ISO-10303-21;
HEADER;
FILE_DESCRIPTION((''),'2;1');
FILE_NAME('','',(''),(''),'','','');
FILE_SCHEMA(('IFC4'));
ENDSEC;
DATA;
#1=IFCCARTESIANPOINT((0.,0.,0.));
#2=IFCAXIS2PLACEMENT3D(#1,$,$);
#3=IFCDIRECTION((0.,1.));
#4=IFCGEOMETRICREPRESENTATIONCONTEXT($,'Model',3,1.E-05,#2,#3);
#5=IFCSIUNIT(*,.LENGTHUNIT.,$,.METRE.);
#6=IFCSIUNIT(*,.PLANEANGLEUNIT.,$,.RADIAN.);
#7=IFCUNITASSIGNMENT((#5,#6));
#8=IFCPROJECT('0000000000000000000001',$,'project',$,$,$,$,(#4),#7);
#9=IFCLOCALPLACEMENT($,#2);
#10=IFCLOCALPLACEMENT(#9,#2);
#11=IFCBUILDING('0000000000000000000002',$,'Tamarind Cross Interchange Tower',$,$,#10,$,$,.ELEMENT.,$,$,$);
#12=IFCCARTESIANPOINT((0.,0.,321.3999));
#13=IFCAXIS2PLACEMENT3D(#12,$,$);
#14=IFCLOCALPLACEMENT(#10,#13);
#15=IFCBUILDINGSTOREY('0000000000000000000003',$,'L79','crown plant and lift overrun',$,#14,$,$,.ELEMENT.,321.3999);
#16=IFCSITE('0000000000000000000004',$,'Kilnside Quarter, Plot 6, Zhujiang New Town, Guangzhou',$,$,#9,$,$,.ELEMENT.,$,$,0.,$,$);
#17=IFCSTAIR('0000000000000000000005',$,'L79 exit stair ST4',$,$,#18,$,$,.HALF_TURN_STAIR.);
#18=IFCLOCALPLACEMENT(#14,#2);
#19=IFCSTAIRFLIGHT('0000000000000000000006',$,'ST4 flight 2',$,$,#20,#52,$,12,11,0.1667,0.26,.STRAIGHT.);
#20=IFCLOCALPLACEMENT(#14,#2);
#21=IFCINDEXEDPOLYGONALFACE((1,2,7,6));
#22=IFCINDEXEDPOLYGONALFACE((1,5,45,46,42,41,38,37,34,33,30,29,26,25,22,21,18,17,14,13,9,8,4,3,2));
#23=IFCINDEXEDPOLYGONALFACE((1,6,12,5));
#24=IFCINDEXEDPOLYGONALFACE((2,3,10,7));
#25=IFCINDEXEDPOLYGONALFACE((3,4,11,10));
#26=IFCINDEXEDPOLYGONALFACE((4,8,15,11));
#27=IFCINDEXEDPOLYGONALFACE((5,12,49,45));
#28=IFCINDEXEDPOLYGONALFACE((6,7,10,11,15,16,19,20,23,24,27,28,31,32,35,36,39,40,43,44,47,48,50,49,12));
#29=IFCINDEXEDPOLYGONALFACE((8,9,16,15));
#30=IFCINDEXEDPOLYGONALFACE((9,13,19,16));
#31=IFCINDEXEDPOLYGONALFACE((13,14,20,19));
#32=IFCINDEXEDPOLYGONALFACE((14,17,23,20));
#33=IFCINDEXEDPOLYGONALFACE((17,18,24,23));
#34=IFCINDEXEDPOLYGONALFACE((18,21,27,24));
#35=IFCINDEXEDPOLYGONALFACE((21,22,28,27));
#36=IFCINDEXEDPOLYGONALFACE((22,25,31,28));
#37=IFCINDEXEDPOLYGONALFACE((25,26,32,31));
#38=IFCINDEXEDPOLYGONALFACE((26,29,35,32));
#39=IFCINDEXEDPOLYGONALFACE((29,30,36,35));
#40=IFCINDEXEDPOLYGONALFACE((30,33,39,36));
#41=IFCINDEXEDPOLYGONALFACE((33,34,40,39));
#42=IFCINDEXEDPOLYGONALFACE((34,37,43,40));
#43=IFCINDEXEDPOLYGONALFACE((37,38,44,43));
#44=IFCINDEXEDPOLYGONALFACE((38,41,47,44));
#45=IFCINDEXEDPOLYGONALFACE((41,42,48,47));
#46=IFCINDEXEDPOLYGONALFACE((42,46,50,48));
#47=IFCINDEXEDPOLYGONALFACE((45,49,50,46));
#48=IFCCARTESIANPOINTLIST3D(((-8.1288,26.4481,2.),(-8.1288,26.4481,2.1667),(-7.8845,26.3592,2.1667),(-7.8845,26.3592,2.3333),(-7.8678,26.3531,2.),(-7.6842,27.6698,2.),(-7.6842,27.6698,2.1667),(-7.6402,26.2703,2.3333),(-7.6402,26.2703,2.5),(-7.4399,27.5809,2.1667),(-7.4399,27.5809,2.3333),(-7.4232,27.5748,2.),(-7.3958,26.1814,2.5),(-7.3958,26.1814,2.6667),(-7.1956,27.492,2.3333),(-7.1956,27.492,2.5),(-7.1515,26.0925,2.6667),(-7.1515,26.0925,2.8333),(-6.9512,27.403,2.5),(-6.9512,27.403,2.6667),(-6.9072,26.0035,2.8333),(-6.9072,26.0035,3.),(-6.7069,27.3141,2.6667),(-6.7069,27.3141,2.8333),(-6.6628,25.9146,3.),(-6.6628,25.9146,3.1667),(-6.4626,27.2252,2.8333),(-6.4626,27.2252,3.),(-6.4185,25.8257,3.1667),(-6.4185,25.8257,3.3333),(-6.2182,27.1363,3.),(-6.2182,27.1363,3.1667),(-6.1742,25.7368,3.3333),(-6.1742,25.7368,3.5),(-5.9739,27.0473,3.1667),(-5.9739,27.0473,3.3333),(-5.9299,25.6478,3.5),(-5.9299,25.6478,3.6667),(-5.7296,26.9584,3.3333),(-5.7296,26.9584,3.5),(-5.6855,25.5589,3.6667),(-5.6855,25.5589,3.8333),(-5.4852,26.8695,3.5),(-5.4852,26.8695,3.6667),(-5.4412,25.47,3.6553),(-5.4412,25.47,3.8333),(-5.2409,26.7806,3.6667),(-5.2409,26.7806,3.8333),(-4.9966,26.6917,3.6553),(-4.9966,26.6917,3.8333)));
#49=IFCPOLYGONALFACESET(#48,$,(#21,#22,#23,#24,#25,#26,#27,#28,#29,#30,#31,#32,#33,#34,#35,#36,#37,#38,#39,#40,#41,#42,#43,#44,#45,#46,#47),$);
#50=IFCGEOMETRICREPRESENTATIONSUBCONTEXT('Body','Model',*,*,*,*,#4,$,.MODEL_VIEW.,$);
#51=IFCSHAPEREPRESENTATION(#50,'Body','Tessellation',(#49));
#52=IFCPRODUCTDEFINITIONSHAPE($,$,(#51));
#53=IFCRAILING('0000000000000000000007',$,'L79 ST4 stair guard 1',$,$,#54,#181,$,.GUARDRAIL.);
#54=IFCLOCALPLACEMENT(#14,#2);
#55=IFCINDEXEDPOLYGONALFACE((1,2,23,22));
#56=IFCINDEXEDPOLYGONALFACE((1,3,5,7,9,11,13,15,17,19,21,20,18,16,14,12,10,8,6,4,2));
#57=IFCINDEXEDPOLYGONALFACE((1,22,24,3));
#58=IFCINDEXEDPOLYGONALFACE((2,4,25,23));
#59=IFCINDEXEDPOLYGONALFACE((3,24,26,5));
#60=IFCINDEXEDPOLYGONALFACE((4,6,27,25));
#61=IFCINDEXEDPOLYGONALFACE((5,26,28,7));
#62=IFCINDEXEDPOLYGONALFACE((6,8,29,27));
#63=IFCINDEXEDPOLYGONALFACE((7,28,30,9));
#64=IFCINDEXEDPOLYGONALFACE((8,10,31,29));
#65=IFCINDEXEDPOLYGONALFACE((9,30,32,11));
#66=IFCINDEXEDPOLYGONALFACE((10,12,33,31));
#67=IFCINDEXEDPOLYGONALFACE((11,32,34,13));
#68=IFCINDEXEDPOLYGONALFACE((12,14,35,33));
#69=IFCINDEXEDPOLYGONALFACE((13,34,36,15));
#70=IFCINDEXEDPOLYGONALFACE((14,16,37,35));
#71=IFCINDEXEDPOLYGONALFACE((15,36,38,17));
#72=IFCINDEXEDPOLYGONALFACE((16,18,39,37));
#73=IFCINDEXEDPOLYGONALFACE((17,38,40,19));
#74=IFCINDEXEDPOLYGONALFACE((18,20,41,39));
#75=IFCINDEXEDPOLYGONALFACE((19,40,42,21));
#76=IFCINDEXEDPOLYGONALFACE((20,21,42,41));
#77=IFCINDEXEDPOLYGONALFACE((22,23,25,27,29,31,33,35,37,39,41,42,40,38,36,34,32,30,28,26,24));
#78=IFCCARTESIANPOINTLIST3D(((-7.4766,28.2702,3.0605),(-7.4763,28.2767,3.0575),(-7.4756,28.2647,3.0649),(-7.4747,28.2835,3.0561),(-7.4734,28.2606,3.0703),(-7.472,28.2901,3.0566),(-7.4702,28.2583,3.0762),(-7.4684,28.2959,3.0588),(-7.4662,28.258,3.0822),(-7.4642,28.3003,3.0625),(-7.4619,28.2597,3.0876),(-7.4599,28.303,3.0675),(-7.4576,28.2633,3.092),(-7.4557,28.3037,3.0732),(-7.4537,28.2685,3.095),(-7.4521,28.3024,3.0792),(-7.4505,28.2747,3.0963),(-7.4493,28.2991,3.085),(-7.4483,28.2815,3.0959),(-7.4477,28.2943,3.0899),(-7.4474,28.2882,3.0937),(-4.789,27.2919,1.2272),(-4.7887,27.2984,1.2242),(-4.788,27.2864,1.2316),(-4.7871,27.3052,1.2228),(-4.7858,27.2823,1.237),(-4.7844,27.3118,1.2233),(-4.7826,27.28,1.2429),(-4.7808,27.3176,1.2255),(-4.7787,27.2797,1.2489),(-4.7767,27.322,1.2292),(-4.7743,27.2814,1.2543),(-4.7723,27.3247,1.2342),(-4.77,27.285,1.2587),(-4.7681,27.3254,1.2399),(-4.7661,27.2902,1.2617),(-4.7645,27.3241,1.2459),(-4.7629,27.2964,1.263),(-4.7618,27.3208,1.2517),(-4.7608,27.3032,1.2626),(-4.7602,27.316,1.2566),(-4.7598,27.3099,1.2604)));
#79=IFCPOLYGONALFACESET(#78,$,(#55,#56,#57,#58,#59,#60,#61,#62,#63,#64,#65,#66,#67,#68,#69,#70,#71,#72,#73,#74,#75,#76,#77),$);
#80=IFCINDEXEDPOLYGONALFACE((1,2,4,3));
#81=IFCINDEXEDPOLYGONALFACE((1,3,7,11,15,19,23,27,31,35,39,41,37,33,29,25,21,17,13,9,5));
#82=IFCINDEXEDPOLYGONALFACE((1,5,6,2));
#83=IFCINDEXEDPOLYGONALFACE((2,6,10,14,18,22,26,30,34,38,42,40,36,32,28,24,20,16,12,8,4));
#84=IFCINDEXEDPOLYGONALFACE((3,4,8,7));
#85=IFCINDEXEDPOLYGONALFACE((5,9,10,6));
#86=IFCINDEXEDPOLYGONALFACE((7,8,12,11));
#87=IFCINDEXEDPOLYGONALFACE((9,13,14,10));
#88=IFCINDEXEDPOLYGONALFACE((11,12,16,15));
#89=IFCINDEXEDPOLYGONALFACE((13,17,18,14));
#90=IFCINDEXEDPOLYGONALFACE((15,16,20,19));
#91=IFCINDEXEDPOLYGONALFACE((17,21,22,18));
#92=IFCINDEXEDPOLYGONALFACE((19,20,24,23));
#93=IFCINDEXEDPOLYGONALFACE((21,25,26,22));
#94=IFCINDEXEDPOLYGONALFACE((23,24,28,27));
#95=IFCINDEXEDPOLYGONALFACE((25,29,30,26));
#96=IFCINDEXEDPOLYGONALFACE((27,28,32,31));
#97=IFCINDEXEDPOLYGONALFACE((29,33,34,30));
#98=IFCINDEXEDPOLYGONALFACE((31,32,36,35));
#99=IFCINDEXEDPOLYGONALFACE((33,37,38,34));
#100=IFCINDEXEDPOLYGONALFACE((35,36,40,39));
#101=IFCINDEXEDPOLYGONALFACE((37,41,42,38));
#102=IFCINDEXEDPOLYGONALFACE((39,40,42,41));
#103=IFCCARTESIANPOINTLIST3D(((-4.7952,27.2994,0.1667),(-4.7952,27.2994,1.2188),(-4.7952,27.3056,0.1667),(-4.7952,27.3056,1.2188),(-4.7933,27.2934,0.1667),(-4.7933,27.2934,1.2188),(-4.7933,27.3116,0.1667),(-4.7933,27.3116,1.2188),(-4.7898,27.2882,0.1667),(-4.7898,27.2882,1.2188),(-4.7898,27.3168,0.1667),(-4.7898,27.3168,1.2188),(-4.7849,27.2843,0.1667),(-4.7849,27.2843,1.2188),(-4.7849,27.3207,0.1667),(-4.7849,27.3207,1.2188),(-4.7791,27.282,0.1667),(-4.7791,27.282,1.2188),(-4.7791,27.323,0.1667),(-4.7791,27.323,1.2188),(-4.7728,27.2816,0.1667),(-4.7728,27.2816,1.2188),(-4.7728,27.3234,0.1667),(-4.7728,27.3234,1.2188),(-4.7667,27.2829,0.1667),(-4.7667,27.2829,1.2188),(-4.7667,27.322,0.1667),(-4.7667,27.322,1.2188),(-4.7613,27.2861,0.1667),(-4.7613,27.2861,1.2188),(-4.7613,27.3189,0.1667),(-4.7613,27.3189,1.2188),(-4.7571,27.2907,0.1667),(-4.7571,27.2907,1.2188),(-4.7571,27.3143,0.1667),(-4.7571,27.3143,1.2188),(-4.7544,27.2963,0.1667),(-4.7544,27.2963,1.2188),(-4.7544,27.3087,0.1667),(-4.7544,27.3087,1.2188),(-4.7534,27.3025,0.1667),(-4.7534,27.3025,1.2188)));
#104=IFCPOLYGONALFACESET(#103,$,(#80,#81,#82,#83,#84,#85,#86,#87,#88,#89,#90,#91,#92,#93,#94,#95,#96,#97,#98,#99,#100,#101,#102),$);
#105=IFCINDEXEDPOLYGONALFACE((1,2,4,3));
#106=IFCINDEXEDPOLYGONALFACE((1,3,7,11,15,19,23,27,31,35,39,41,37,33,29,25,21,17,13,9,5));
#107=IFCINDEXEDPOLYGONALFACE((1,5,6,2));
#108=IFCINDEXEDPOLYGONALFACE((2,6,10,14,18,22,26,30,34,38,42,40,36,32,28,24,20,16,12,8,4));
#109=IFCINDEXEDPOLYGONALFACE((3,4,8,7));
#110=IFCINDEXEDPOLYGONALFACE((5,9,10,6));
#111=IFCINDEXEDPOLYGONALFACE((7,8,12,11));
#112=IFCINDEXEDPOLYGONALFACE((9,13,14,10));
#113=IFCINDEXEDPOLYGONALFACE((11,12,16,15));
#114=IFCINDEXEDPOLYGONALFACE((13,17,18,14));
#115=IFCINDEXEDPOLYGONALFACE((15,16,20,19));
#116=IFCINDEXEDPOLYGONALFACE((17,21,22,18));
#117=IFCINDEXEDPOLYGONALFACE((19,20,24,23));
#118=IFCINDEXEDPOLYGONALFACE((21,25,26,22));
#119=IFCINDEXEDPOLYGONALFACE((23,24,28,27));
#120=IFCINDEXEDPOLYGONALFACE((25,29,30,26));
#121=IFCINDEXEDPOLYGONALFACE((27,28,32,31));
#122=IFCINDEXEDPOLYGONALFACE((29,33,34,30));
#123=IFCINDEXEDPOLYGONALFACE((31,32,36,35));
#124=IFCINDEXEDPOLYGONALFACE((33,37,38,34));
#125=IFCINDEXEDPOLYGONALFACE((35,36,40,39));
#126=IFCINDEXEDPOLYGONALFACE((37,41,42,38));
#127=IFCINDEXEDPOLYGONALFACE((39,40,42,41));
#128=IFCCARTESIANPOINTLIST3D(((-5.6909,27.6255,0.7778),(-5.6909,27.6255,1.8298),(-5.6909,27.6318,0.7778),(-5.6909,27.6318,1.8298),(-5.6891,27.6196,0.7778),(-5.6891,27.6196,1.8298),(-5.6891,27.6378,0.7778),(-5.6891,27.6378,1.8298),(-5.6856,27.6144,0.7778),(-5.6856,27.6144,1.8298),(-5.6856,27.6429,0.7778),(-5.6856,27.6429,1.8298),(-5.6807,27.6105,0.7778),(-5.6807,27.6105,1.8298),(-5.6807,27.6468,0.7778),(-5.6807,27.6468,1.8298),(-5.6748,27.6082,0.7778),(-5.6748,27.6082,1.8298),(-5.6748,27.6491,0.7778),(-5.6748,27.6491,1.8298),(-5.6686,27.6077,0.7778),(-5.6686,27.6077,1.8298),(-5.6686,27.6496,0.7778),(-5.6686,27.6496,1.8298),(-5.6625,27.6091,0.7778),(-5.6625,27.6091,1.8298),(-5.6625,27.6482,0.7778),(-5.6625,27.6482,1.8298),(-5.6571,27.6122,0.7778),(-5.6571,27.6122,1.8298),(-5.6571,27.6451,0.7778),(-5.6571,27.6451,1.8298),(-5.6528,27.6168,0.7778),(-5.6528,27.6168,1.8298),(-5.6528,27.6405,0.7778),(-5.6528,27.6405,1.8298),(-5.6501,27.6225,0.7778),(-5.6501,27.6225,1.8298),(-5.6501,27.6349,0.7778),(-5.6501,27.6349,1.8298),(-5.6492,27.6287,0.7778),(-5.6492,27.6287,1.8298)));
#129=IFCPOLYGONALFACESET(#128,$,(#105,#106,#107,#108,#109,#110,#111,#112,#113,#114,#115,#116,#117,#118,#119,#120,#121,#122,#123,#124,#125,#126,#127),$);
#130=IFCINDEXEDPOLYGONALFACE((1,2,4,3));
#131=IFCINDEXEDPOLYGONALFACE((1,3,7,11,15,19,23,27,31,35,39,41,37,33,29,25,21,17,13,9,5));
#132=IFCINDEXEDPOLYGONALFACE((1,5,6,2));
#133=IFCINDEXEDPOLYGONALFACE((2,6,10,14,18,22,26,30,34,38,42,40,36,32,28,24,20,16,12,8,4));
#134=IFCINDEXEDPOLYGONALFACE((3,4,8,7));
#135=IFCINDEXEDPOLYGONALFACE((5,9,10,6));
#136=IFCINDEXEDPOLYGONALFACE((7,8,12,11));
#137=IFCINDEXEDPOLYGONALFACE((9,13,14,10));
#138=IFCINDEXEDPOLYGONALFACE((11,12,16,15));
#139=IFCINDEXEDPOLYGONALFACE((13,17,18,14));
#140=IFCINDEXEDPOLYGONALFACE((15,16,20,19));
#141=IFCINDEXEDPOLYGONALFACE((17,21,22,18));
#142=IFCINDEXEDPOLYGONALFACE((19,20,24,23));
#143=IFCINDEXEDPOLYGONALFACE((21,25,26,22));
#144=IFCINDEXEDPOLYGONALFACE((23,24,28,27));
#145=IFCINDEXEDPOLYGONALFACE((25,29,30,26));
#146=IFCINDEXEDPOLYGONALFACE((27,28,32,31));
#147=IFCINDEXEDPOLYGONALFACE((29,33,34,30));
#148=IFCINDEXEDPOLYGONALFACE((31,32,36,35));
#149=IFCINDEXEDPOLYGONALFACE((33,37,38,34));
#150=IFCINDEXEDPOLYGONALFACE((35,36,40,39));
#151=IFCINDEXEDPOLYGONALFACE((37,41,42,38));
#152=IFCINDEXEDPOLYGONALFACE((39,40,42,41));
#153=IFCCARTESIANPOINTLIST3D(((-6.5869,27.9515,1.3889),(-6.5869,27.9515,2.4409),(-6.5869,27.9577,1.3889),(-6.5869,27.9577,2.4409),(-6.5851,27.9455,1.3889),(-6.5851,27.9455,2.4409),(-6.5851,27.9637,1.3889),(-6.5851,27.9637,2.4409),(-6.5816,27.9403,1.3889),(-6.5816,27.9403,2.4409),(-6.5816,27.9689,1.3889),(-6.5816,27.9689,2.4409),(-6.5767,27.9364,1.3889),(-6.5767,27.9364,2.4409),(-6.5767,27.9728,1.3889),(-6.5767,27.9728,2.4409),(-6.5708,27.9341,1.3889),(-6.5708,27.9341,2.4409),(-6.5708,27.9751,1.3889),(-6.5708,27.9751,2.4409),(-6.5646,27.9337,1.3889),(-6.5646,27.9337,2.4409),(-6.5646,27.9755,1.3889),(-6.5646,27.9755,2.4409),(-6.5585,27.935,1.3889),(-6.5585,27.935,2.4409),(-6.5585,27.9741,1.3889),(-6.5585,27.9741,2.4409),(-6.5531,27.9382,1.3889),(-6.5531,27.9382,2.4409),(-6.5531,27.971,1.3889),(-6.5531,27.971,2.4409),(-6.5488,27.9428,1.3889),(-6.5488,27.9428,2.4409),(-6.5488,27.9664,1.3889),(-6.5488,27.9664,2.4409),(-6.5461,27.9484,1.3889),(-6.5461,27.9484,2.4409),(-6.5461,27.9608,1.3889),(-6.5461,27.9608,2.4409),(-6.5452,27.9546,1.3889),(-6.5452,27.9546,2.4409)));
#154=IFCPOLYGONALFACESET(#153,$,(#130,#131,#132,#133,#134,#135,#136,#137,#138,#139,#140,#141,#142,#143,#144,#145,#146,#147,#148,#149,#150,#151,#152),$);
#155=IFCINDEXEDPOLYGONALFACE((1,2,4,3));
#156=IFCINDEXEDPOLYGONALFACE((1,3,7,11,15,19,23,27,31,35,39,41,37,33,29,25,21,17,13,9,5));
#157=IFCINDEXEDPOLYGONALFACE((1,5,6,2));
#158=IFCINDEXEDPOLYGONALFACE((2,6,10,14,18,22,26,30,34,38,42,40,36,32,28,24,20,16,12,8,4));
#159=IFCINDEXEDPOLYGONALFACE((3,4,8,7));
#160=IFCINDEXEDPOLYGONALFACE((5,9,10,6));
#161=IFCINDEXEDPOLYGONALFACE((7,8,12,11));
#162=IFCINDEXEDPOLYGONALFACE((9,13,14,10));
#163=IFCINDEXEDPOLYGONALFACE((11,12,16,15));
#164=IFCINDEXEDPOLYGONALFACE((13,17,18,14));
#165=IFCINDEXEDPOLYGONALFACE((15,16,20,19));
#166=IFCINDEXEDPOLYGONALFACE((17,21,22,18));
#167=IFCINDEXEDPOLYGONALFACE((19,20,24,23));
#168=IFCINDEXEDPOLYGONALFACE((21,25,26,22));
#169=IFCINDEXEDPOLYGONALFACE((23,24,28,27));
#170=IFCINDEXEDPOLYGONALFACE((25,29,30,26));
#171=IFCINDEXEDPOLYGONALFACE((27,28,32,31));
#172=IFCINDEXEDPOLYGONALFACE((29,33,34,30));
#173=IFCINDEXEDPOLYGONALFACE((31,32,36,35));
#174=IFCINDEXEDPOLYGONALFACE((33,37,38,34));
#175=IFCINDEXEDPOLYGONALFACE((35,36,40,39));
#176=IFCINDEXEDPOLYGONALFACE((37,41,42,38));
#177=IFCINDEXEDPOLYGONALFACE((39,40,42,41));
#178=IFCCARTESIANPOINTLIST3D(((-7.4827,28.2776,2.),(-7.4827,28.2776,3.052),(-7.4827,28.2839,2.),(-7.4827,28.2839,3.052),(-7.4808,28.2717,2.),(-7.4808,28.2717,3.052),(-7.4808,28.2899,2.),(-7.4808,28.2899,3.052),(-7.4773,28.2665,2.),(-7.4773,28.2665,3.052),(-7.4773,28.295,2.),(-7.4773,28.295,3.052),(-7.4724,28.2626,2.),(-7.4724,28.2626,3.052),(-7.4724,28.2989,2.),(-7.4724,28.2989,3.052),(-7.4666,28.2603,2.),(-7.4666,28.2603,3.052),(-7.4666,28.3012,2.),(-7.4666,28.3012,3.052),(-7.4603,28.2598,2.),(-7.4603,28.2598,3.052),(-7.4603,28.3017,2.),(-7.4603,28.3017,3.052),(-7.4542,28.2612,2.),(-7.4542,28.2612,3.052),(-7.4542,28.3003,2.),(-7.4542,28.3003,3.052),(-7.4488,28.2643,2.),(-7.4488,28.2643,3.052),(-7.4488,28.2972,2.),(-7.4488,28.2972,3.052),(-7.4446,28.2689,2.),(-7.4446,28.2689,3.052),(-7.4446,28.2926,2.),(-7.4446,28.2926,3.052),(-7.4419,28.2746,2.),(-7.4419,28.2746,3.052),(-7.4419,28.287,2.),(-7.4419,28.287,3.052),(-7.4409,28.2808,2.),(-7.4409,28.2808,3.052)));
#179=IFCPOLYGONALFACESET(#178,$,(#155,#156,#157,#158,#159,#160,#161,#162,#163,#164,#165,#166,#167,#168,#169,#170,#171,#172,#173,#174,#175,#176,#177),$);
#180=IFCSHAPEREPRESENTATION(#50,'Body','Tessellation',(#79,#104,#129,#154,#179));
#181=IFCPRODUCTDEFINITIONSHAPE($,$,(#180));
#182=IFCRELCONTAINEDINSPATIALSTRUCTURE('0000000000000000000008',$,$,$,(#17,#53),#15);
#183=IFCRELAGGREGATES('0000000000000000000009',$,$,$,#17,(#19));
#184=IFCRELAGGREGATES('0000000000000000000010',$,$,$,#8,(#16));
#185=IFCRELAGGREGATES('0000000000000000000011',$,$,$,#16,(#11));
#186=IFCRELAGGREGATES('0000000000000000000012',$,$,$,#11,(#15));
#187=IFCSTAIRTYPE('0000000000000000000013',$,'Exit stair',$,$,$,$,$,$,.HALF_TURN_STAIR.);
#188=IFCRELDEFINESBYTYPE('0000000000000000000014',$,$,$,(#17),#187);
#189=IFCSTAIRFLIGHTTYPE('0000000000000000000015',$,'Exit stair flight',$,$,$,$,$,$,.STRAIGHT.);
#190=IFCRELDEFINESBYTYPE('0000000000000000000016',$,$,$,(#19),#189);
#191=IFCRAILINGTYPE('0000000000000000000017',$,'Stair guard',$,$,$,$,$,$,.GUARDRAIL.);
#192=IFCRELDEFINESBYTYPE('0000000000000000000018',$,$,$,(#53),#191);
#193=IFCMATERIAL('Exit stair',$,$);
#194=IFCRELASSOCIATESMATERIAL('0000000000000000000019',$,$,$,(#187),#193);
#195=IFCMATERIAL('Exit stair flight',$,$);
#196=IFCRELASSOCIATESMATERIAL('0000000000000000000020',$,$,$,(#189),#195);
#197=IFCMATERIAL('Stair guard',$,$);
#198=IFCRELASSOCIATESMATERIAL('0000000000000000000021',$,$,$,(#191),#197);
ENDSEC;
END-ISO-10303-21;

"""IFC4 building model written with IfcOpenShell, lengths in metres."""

from ifc_helpers import new_model, si_unit, direction, frame, origin, origin_2d, place, context, subcontext, project, spatial, polyline, circle, outline, extrude, material, type_object, element, aggregate, save


model = new_model("IFC4")

# Units and contexts
model_context = context("Model", 3, precision=1e-05, world=origin(), true_north=direction((0.0, 1.0)))
body_context = subcontext(model_context, "Body", "Model", "MODEL_VIEW")
ifc_project = project(units=[si_unit("LENGTHUNIT", "METRE"), si_unit("PLANEANGLEUNIT", "RADIAN")], contexts=[model_context])

# Site, building, storey
site_placement = place(None, origin())
site = spatial("IfcSite", under=ifc_project, at=site_placement, Name="Kilnside Quarter, Plot 6, Zhujiang New Town, Guangzhou", CompositionType="ELEMENT", RefElevation=0.0)
building_placement = place(site_placement, origin())
building = spatial("IfcBuilding", under=site, at=building_placement, Name="Tamarind Cross Interchange Tower", CompositionType="ELEMENT")
storey_placement = place(building_placement, frame((0.0, 0.0, 321.3999)))
storey = spatial("IfcBuildingStorey", under=building, at=storey_placement, Name="L79", Description="crown plant and lift overrun", CompositionType="ELEMENT", Elevation=321.3999)

# Stair, stair flight
ifc_material_1 = material(Name="Exit stair")
stair_type = type_object("IfcStairType", Name="Exit stair", PredefinedType="HALF_TURN_STAIR", material=ifc_material_1)
stair_placement = place(storey_placement, origin())
stair = element("IfcStair", 1, at=stair_placement, inside=storey, type_object=stair_type, Name="L79 exit stair ST4", PredefinedType="HALF_TURN_STAIR")
ifc_material_2 = material(Name="Exit stair flight")
stair_flight_type = type_object("IfcStairFlightType", Name="Exit stair flight", PredefinedType="STRAIGHT", material=ifc_material_2)
stair_flight_1_placement = place(storey_placement, frame((-7.9065, 27.0591, 2.0), z_axis=(0.0, 0.0, 1.0), x_axis=(0.939702, -0.341994, 0.0)))
stair_flight_1 = element("IfcStairFlight", 2, at=stair_flight_1_placement, type_object=stair_flight_type, Name="ST4 flight 2", NumberOfRisers=12, NumberOfTreads=11, PredefinedType="STRAIGHT", RiserHeight=0.1667, TreadLength=0.26, context=body_context, shape_type="SweptSolid", body=[
    extrude(outline(polyline([(0.0, 0.0), (0.0, 0.1667), (0.26, 0.1667), (0.26, 0.3333), (0.52, 0.3333), (0.52, 0.5), (0.78, 0.5), (0.78, 0.6667), (1.04, 0.6667), (1.04, 0.8333), (1.3, 0.8333), (1.3, 1.0), (1.5601, 1.0), (1.5601, 1.1667), (1.8201, 1.1667), (1.8201, 1.3333), (2.0801, 1.3333), (2.0801, 1.5), (2.3401, 1.5), (2.3401, 1.6667), (2.6001, 1.6667), (2.6001, 1.8333), (2.8601, 1.8333), (2.8601, 2.0), (2.8601, 1.6553), (0.2778, 0.0), (0.0, 0.0)])), frame((0.0, 0.6499, 0.0), z_axis=(0.0, -1.0, 0.0), x_axis=(1.0, 0.0, 0.0)), (0.0, 0.0, 1.0), 1.3),
])
aggregate(stair, [stair_flight_1])

# Railing
ifc_material_3 = material(Name="Stair guard")
railing_type_1 = type_object("IfcRailingType", Name="Stair guard", PredefinedType="GUARDRAIL", material=ifc_material_3)
railing_1_placement = place(storey_placement, frame((-4.7744, 27.3025, 0.1667)))
element("IfcRailing", 3, at=railing_1_placement, inside=storey, type_object=railing_type_1, Name="L79 ST4 stair guard 1", PredefinedType="GUARDRAIL", context=body_context, shape_type="SweptSolid", body=[
    extrude(circle(Radius=0.0239, at=origin_2d()), frame((0.0, 0.0, 1.0762), z_axis=(-0.791109, 0.28797, 0.539647), x_axis=(-0.342051, -0.939681, 0.0)), (0.0, 0.0, 1.0), 3.3972),
    extrude(circle(Radius=0.021, at=origin_2d()), origin(), (0.0, 0.0, 1.0), 1.052),
    extrude(circle(Radius=0.021, at=origin_2d()), frame((-0.8958, 0.3262, 0.6111)), (0.0, 0.0, 1.0), 1.052),
    extrude(circle(Radius=0.021, at=origin_2d()), frame((-1.7917, 0.6521, 1.2222)), (0.0, 0.0, 1.0), 1.052),
    extrude(circle(Radius=0.021, at=origin_2d()), frame((-2.6875, 0.9783, 1.8333)), (0.0, 0.0, 1.0), 1.052),
])

save(model, "model.ifc")
